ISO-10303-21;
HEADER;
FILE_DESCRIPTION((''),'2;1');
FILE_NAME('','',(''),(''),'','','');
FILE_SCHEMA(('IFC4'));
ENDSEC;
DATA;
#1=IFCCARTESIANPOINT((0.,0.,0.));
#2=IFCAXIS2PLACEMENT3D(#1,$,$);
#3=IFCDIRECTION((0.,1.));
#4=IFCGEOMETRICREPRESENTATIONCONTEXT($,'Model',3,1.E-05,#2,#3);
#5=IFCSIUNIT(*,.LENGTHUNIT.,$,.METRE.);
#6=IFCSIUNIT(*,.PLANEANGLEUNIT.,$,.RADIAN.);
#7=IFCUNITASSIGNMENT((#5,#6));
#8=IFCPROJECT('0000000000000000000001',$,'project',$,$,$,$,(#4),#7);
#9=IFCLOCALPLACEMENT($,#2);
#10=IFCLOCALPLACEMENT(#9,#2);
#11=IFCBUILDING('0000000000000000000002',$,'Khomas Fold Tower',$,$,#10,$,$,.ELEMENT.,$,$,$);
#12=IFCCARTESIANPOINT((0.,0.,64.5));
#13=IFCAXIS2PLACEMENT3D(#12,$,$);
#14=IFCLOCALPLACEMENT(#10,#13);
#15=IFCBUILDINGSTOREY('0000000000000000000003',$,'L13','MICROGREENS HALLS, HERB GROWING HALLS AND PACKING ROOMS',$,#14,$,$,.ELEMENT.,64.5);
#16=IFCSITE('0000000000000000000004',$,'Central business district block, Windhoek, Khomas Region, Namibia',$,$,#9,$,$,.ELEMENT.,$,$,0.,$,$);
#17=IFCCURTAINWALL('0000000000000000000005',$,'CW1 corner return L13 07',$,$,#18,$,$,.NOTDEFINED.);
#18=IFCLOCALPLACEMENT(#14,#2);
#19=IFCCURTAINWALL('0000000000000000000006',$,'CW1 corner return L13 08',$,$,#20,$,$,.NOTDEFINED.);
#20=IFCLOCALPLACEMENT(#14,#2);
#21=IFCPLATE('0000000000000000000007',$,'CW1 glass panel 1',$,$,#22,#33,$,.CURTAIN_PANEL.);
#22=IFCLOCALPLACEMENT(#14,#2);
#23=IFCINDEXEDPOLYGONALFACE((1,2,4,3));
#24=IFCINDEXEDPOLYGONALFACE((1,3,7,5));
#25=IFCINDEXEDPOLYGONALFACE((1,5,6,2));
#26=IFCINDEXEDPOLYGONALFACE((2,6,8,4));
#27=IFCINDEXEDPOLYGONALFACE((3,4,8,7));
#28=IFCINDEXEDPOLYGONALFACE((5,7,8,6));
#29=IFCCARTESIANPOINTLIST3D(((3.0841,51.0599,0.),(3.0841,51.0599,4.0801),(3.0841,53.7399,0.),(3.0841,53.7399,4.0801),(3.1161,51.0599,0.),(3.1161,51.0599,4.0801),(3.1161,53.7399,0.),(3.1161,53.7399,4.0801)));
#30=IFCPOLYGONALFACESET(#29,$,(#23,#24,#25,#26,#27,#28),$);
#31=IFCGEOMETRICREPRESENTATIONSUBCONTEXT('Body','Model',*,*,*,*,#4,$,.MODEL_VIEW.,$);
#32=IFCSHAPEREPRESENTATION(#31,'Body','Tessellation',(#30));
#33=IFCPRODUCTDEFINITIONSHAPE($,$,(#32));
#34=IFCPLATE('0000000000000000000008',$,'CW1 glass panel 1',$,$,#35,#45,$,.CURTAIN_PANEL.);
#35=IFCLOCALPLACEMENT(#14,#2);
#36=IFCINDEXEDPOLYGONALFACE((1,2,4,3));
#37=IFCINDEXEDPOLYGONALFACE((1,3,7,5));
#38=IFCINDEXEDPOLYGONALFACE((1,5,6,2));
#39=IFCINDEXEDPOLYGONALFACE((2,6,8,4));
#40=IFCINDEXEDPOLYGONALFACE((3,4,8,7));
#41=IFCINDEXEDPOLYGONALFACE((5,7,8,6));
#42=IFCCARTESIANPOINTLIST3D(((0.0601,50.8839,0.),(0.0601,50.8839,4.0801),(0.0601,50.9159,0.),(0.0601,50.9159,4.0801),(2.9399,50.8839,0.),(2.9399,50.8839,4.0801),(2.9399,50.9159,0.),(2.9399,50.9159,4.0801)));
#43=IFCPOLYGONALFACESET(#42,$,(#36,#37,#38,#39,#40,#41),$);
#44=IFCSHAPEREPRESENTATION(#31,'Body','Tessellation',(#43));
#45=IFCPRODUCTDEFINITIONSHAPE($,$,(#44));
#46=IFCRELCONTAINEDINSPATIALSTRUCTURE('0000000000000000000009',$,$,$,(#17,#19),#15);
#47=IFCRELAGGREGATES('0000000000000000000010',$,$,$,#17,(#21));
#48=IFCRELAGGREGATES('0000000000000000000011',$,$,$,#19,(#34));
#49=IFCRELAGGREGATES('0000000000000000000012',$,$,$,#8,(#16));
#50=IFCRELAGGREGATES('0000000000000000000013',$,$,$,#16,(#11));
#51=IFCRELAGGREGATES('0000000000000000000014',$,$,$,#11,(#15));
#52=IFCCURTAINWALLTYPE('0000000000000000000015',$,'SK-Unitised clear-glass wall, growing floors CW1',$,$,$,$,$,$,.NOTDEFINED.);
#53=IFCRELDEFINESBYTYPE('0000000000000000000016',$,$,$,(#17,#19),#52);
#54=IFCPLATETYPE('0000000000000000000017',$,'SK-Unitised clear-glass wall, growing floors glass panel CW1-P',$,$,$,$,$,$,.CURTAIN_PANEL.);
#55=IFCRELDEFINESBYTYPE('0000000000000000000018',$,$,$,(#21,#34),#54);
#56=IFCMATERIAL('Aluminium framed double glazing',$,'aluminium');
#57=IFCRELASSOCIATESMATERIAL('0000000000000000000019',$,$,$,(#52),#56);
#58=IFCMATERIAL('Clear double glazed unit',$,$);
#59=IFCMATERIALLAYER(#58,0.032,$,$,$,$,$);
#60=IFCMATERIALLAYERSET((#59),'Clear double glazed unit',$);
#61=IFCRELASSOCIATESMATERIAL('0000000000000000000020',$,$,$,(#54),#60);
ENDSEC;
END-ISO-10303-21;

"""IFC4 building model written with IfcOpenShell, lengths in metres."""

from ifc_helpers import new_model, si_unit, direction, frame, origin, origin_2d, place, context, subcontext, project, spatial, rectangle, extrude, source, transform, mapped, material, layer, layer_set, type_object, element, aggregate, save


model = new_model("IFC4")

# Units and contexts
model_context = context("Model", 3, precision=1e-05, world=origin(), true_north=direction((0.0, 1.0)))
body_context = subcontext(model_context, "Body", "Model", "MODEL_VIEW")
ifc_project = project(units=[si_unit("LENGTHUNIT", "METRE"), si_unit("PLANEANGLEUNIT", "RADIAN")], contexts=[model_context])

# Site, building, storey
site_placement = place(None, origin())
site = spatial("IfcSite", under=ifc_project, at=site_placement, Name="Central business district block, Windhoek, Khomas Region, Namibia", CompositionType="ELEMENT", RefElevation=0.0)
building_placement = place(site_placement, origin())
building = spatial("IfcBuilding", under=site, at=building_placement, Name="Khomas Fold Tower", CompositionType="ELEMENT")
storey_placement = place(building_placement, frame((0.0, 0.0, 64.5)))
storey = spatial("IfcBuildingStorey", under=building, at=storey_placement, Name="L13", Description="MICROGREENS HALLS, HERB GROWING HALLS AND PACKING ROOMS", CompositionType="ELEMENT", Elevation=64.5)

# Shared definitions
ifc_material_1 = material(Name="Aluminium framed double glazing", Category="aluminium")
curtain_wall_type = type_object("IfcCurtainWallType", Name="SK-Unitised clear-glass wall, growing floors CW1", PredefinedType="NOTDEFINED", material=ifc_material_1)

# Curtain walls
curtain_wall_1_placement = place(storey_placement, origin())
curtain_wall_1 = element("IfcCurtainWall", 1, at=curtain_wall_1_placement, inside=storey, type_object=curtain_wall_type, Name="CW1 corner return L13 07", PredefinedType="NOTDEFINED")
curtain_wall_2_placement = place(storey_placement, origin())
curtain_wall_2 = element("IfcCurtainWall", 2, at=curtain_wall_2_placement, inside=storey, type_object=curtain_wall_type, Name="CW1 corner return L13 08", PredefinedType="NOTDEFINED")

# Plates
ifc_material_2 = material(Name="Clear double glazed unit")
ifc_layer = layer(ifc_material_2, 0.032)
ifc_layer_set = layer_set([ifc_layer], Name="Clear double glazed unit")
plate_type = type_object("IfcPlateType", Name="SK-Unitised clear-glass wall, growing floors glass panel CW1-P", PredefinedType="CURTAIN_PANEL", material=ifc_layer_set)
shared_shape_1 = source(origin(), body_context, "Body", "SweptSolid", [
    extrude(rectangle(XDim=2.6799, YDim=0.032, at=origin_2d()), origin(), (0.0, 0.0, 1.0), 4.0801),
])
plate_1_placement = place(storey_placement, frame((3.1001, 52.3999, 0.0), z_axis=(0.0, 0.0, 1.0), x_axis=(0.0, -1.0, 0.0)))
plate_1 = element("IfcPlate", 3, at=plate_1_placement, type_object=plate_type, Name="CW1 glass panel 1", PredefinedType="CURTAIN_PANEL", context=body_context, shape_type="MappedRepresentation", body=[
    mapped(shared_shape_1, transform((0.0, 0.0, 0.0))),
])
aggregate(curtain_wall_1, [plate_1])
shared_shape_2 = source(origin(), body_context, "Body", "SweptSolid", [
    extrude(rectangle(XDim=2.8799, YDim=0.032, at=origin_2d()), origin(), (0.0, 0.0, 1.0), 4.0801),
])
plate_2_placement = place(storey_placement, frame((1.5, 50.8999, 0.0), z_axis=(0.0, 0.0, 1.0), x_axis=(-1.0, 0.0, 0.0)))
plate_2 = element("IfcPlate", 4, at=plate_2_placement, type_object=plate_type, Name="CW1 glass panel 1", PredefinedType="CURTAIN_PANEL", context=body_context, shape_type="MappedRepresentation", body=[
    mapped(shared_shape_2, transform((0.0, 0.0, 0.0))),
])
aggregate(curtain_wall_2, [plate_2])

save(model, "model.ifc")
